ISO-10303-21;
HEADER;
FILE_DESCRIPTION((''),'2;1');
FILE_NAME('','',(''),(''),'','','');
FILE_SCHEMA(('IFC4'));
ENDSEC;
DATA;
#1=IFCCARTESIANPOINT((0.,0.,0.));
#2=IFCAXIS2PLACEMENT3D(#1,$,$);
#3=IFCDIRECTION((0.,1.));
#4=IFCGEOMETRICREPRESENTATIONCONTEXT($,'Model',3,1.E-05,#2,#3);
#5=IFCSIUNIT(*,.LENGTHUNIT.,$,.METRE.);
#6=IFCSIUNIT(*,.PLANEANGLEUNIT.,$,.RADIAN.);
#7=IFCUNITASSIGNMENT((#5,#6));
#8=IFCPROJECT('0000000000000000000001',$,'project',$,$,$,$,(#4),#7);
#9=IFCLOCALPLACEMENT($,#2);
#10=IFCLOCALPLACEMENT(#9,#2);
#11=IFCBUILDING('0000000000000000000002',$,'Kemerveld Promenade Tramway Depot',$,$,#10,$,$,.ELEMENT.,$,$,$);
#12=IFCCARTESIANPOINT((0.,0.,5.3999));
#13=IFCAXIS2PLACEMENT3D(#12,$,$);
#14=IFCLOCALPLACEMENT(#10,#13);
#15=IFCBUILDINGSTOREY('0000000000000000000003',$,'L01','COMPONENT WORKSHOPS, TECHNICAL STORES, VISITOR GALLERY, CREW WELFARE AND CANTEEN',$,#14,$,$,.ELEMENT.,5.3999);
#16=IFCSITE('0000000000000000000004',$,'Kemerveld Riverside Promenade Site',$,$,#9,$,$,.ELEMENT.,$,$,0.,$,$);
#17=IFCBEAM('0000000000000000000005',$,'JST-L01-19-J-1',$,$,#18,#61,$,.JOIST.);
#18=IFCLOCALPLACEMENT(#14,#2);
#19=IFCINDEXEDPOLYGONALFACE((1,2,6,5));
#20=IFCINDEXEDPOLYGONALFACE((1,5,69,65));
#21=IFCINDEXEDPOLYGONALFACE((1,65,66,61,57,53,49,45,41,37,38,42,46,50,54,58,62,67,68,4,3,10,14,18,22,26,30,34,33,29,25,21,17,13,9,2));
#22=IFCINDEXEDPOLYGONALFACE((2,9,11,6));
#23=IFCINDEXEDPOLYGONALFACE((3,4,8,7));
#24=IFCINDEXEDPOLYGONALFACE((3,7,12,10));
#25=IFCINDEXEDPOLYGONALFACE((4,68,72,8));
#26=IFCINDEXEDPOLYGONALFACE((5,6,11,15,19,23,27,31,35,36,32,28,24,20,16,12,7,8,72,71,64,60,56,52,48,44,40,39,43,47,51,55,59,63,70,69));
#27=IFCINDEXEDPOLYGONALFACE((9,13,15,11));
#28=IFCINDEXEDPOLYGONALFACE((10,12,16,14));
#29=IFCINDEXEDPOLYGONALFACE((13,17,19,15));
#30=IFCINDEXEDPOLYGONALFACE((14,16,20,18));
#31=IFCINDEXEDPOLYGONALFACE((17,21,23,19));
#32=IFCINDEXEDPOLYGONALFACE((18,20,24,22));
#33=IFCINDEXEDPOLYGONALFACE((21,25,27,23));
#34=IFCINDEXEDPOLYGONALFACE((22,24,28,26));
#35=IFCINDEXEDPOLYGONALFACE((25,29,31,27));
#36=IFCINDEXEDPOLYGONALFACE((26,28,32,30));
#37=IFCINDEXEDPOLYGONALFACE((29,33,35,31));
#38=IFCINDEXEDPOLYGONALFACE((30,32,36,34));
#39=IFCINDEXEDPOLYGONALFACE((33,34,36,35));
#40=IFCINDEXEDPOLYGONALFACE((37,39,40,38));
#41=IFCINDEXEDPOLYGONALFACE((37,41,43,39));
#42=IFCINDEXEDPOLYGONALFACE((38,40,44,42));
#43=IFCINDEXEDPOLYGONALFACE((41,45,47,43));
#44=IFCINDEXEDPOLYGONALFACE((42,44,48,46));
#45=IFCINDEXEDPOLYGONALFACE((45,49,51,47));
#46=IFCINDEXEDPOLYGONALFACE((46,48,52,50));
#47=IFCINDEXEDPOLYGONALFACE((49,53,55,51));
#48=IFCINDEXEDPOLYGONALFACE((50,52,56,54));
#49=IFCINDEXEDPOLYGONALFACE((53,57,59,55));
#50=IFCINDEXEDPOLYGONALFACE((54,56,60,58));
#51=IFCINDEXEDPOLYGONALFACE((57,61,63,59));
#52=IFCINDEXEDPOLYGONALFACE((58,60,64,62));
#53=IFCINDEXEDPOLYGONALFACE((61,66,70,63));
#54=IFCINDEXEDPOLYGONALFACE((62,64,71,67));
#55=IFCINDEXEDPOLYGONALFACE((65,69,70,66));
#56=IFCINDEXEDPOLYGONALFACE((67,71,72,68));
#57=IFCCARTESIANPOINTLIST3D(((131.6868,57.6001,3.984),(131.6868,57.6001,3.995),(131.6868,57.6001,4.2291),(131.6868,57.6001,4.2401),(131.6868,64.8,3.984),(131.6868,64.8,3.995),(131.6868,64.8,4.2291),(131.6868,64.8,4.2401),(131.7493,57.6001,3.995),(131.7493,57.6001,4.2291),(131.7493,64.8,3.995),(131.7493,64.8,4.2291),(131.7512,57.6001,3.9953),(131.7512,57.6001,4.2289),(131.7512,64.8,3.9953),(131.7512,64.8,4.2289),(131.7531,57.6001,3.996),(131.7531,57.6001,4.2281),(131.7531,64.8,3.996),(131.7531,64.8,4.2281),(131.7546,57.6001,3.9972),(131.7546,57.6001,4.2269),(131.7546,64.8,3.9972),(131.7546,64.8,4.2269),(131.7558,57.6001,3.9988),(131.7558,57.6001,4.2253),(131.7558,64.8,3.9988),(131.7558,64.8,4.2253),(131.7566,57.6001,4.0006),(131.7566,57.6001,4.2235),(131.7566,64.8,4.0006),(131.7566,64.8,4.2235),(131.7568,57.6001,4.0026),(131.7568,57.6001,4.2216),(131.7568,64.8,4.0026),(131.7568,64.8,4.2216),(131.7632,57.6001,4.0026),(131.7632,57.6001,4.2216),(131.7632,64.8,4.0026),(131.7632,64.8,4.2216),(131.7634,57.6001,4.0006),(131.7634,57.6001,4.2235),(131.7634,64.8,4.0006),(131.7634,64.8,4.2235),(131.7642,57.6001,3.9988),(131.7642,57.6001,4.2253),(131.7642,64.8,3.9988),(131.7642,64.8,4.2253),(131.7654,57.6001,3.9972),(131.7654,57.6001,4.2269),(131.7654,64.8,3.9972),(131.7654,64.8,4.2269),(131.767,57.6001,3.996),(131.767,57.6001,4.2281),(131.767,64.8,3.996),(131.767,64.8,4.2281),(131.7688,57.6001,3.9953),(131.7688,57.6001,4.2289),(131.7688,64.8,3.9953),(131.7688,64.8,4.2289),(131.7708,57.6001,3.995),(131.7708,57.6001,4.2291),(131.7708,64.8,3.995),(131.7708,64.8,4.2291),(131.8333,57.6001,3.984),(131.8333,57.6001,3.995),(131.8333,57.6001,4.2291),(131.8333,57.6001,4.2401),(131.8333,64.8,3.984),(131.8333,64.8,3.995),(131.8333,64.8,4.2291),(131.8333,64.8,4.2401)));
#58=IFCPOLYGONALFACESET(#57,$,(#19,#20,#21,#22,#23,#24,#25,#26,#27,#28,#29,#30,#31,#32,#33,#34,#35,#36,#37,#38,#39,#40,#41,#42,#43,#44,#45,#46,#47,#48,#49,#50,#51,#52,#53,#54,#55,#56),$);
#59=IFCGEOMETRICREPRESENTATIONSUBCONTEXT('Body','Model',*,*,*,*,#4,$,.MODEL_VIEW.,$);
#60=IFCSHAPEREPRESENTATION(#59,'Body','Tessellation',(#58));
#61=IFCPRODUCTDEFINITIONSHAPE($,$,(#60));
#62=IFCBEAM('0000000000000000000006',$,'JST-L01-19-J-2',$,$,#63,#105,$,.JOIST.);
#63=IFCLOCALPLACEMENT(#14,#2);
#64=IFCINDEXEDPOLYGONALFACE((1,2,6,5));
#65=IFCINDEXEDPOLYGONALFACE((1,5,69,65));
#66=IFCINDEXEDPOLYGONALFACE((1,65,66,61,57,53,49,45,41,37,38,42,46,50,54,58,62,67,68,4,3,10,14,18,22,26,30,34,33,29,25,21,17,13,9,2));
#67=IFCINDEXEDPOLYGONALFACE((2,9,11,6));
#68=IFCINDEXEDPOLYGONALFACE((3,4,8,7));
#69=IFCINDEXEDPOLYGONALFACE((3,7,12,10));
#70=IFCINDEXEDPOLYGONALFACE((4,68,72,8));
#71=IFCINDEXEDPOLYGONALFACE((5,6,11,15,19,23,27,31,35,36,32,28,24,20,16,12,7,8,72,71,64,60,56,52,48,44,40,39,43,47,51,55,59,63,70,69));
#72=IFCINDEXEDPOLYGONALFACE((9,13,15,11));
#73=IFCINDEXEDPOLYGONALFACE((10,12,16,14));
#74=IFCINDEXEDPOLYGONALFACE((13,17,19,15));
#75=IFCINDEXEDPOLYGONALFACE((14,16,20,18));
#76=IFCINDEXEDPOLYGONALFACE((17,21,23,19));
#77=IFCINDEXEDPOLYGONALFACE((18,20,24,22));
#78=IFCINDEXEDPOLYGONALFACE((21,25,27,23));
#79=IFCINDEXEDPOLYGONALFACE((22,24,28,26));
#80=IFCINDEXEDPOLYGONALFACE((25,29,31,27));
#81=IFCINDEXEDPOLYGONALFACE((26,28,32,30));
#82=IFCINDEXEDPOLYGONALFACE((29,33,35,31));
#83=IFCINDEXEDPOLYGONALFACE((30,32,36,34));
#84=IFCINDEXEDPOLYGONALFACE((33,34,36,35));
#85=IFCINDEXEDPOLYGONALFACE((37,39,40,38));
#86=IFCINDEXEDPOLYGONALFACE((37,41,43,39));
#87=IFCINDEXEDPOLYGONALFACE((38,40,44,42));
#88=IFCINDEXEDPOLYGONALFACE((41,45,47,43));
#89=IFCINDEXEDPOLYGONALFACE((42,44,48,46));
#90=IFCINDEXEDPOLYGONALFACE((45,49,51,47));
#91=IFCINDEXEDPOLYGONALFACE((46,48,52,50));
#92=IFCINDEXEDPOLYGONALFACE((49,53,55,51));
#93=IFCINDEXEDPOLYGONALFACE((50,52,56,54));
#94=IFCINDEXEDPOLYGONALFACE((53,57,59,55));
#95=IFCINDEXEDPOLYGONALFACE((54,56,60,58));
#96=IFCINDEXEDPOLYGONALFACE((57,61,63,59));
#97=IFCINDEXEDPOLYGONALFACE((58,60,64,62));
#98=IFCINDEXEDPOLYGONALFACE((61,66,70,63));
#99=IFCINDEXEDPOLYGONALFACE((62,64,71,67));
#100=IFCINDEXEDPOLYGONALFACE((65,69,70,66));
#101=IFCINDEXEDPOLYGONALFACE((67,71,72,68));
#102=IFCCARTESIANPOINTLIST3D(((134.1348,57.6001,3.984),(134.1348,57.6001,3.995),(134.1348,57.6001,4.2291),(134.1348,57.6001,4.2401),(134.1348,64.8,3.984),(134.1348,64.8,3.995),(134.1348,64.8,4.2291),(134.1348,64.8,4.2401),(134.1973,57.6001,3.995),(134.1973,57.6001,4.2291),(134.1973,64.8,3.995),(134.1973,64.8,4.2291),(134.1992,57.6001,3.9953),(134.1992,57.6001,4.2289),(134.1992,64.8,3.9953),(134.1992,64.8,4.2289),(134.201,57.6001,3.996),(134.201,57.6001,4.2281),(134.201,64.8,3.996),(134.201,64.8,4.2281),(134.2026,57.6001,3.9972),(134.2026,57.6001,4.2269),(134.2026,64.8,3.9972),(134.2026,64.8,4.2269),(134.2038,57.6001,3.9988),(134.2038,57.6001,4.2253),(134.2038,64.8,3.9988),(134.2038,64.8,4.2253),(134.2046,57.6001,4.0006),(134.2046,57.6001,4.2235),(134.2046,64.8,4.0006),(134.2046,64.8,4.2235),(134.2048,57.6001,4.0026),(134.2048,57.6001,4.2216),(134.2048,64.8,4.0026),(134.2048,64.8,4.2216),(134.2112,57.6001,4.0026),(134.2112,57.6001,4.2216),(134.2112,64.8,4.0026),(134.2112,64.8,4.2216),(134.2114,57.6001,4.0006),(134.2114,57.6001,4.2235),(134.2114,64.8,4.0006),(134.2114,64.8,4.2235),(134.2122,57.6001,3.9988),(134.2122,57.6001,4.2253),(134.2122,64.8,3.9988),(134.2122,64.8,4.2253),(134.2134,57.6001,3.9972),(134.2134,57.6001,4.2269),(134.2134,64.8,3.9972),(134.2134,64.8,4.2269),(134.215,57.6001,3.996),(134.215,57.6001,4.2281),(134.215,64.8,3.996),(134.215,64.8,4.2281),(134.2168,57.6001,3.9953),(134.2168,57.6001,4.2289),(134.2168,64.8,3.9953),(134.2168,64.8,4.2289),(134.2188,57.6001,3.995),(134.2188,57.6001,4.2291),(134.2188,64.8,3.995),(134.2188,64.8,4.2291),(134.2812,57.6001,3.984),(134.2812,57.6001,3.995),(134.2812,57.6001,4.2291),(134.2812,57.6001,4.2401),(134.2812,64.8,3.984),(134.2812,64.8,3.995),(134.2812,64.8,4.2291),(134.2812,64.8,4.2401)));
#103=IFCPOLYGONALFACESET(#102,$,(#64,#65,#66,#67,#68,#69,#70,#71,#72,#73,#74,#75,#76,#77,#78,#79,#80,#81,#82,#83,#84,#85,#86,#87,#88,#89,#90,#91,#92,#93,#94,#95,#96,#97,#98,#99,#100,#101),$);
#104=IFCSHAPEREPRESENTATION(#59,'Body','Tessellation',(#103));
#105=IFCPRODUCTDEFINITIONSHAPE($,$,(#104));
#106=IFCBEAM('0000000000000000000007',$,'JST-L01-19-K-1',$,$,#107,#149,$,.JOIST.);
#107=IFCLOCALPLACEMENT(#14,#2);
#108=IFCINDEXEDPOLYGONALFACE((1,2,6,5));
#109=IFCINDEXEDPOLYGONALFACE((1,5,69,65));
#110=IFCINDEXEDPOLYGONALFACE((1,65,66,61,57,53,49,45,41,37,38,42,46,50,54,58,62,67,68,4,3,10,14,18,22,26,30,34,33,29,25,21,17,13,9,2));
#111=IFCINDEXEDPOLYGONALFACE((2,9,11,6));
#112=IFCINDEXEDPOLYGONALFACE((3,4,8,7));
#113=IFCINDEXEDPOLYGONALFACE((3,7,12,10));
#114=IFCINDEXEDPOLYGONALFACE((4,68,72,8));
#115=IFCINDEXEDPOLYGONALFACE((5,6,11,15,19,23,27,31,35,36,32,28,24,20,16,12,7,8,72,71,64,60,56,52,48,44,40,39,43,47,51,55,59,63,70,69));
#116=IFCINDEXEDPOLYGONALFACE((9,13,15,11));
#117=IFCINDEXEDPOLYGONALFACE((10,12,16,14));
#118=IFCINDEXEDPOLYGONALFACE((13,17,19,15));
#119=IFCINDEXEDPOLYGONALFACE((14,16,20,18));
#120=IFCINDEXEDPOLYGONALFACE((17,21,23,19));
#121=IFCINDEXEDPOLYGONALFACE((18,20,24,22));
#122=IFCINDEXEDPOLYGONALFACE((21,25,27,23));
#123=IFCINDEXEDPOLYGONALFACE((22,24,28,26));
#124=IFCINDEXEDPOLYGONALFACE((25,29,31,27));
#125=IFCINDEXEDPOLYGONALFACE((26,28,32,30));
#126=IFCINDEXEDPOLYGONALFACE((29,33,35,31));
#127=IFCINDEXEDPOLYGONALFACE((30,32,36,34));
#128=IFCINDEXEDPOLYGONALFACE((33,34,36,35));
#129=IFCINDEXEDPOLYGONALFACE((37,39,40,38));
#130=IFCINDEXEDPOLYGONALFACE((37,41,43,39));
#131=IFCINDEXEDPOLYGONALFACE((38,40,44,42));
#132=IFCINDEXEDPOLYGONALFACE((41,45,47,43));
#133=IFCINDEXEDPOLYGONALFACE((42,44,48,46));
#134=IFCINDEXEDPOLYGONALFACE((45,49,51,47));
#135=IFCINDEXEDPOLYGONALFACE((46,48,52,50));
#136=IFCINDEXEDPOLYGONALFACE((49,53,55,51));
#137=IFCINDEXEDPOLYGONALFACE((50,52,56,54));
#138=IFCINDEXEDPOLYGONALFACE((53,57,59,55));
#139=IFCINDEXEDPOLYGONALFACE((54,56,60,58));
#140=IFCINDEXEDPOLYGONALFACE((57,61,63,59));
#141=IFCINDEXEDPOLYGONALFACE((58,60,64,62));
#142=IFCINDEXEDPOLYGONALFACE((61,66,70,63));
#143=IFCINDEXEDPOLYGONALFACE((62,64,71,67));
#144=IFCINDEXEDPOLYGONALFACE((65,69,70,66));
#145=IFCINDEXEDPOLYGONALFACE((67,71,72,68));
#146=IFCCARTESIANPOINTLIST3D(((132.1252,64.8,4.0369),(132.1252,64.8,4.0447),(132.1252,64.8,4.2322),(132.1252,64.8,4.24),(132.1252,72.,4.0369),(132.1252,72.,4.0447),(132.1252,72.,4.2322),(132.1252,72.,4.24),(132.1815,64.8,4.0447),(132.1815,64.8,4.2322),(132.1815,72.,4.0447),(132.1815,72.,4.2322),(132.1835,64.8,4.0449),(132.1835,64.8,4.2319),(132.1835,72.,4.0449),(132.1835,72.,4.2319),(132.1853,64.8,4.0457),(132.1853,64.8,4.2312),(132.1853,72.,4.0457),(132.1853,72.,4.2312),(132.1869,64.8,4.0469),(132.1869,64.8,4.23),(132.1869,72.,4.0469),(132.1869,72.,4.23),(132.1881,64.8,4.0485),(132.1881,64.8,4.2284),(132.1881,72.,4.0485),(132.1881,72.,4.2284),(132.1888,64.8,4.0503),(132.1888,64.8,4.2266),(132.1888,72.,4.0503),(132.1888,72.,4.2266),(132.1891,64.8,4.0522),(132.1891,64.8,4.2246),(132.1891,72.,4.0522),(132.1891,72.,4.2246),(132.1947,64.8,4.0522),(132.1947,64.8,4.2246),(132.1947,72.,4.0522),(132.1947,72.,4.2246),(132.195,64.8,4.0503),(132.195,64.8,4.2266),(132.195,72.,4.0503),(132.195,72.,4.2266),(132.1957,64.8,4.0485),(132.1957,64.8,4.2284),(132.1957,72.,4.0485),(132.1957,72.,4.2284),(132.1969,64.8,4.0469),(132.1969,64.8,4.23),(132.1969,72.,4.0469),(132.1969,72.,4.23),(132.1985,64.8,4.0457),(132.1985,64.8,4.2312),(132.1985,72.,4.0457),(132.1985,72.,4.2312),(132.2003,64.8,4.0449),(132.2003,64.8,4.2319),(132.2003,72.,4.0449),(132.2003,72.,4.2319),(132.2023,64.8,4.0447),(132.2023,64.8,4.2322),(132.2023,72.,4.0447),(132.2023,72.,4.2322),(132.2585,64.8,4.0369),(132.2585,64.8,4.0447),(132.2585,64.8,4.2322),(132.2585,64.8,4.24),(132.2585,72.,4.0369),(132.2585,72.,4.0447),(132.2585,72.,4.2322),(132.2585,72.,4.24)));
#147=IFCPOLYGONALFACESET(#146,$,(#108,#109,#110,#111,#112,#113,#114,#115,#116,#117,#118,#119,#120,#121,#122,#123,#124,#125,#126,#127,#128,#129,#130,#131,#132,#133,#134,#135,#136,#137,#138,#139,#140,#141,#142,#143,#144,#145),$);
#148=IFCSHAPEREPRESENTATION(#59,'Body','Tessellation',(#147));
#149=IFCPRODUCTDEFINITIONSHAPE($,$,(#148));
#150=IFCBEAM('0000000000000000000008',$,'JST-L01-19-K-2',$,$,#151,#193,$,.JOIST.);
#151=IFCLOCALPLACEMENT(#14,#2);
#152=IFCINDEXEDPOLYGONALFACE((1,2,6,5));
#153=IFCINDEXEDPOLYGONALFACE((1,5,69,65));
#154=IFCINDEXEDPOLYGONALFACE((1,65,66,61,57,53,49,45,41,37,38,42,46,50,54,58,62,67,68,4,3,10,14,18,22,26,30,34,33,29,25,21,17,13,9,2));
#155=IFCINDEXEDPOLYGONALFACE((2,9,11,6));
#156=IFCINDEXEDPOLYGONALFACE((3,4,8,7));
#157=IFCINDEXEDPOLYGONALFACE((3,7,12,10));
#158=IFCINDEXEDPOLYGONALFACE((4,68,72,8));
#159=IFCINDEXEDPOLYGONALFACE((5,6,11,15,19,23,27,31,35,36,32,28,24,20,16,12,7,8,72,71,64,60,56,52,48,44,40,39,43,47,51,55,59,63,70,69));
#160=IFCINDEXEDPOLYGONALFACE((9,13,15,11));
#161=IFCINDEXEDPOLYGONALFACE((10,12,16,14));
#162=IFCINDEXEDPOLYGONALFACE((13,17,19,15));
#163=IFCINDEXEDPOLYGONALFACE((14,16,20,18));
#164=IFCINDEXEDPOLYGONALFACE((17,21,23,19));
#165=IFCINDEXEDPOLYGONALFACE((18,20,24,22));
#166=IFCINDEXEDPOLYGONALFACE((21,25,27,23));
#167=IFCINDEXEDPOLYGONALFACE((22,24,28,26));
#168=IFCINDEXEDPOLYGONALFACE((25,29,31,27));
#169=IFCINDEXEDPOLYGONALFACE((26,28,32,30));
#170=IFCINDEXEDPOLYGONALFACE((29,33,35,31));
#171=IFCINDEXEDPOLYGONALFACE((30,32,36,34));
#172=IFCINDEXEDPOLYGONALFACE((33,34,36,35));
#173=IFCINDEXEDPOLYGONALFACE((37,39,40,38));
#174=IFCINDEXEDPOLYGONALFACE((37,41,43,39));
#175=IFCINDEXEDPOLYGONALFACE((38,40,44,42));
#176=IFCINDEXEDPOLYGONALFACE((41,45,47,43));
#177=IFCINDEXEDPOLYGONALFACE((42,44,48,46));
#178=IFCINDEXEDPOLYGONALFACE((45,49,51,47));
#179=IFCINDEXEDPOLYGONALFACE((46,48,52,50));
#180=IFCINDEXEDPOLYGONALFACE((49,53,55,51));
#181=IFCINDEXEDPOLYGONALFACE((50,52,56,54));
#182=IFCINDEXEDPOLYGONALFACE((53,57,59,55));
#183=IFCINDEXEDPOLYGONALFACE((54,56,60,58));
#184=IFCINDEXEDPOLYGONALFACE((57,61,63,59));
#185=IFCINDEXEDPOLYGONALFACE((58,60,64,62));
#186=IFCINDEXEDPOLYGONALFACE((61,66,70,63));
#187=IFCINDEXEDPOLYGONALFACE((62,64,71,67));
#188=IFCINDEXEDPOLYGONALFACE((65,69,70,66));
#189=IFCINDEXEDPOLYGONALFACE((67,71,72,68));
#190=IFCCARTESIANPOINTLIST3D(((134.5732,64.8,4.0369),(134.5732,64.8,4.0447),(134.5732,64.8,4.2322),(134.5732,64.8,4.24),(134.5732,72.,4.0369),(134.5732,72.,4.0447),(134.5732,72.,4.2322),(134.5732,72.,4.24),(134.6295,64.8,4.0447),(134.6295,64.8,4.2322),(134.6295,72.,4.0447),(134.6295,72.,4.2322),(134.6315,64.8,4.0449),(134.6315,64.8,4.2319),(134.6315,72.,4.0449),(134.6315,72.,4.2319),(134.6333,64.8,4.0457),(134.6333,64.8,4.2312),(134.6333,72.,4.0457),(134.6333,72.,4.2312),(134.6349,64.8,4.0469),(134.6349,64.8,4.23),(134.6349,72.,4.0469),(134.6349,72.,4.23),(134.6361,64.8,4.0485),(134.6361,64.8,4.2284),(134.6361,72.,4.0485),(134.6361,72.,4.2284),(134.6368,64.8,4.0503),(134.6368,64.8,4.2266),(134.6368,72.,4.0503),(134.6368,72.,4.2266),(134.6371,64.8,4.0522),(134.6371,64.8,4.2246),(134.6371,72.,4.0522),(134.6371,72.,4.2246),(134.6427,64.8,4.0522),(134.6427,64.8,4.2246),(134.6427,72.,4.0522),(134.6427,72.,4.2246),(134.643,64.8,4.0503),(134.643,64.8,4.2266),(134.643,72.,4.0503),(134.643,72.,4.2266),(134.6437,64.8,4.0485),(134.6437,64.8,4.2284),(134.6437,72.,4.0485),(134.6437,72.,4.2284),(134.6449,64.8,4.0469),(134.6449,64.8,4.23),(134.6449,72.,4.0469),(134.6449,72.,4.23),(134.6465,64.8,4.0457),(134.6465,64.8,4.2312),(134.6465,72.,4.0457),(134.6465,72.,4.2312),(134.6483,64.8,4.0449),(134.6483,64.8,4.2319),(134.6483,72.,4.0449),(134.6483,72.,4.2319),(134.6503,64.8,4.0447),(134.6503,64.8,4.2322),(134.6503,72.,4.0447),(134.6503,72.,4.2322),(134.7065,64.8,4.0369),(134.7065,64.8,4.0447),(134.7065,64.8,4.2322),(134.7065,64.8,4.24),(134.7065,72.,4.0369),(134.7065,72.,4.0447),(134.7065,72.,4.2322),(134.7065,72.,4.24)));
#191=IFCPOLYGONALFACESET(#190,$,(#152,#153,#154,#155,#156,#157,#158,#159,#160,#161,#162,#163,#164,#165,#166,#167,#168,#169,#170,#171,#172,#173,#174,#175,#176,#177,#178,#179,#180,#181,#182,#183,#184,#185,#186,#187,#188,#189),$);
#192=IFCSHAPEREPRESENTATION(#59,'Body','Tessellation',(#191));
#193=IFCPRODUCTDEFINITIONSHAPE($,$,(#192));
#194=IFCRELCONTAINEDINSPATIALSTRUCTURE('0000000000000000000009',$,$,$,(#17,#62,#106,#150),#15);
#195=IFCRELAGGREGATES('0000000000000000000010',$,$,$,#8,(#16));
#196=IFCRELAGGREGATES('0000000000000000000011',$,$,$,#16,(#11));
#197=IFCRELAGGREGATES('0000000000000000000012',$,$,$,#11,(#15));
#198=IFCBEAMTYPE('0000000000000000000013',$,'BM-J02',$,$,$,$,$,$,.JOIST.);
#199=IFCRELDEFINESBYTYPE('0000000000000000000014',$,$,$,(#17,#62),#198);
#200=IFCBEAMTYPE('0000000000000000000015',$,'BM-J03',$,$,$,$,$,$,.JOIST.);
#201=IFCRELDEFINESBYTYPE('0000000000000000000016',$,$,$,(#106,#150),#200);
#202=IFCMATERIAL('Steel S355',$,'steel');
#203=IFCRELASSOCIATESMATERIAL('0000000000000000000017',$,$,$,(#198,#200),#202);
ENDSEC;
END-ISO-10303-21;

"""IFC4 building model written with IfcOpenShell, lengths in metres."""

from ifc_helpers import new_model, si_unit, direction, frame, origin, origin_2d, place, context, subcontext, project, spatial, i_section, extrude, material, material_profile, profile_set, type_object, element, save


model = new_model("IFC4")

# Units and contexts
model_context = context("Model", 3, precision=1e-05, world=origin(), true_north=direction((0.0, 1.0)))
body_context = subcontext(model_context, "Body", "Model", "MODEL_VIEW")
ifc_project = project(units=[si_unit("LENGTHUNIT", "METRE"), si_unit("PLANEANGLEUNIT", "RADIAN")], contexts=[model_context])

# Site, building, storey
site_placement = place(None, origin())
site = spatial("IfcSite", under=ifc_project, at=site_placement, Name="Kemerveld Riverside Promenade Site", CompositionType="ELEMENT", RefElevation=0.0)
building_placement = place(site_placement, origin())
building = spatial("IfcBuilding", under=site, at=building_placement, Name="Kemerveld Promenade Tramway Depot", CompositionType="ELEMENT")
storey_placement = place(building_placement, frame((0.0, 0.0, 5.3999)))
storey = spatial("IfcBuildingStorey", under=building, at=storey_placement, Name="L01", Description="COMPONENT WORKSHOPS, TECHNICAL STORES, VISITOR GALLERY, CREW WELFARE AND CANTEEN", CompositionType="ELEMENT", Elevation=5.3999)

# Beams
ifc_material_1 = material(Name="Steel S355", Category="steel")
ifc_material_profile_1 = material_profile(ifc_material_1, i_section(OverallWidth=0.1465, OverallDepth=0.2561, WebThickness=0.0063, FlangeThickness=0.011, FilletRadius=0.0076, at=origin_2d()), Name="254x146x37 UB")
ifc_profile_set_1 = profile_set([ifc_material_profile_1], Name="Steel S355")
beam_type_1 = type_object("IfcBeamType", Name="BM-J02", PredefinedType="JOIST", material=ifc_profile_set_1)
for number, where, z_axis, x_axis, name in (
    (1, (131.76, 57.6001, 4.1121), (0.0, 1.0, 0.0), (-1.0, 0.0, 0.0), "JST-L01-19-J-1"),
    (2, (134.208, 57.6001, 4.1121), (0.0, 1.0, 0.0), (-1.0, 0.0, 0.0), "JST-L01-19-J-2"),
):
    element("IfcBeam", number, at=place(storey_placement, frame(where, z_axis=z_axis, x_axis=x_axis)), inside=storey, type_object=beam_type_1, Name=name, PredefinedType="JOIST", context=body_context, shape_type="SweptSolid", body=[
        extrude(i_section(OverallWidth=0.1465, OverallDepth=0.2561, WebThickness=0.0063, FlangeThickness=0.011, FilletRadius=0.0076, at=origin_2d()), origin(), (0.0, 0.0, 1.0), 7.2),
    ])
ifc_material_profile_2 = material_profile(ifc_material_1, i_section(OverallWidth=0.1333, OverallDepth=0.2031, WebThickness=0.0056, FlangeThickness=0.0078, FilletRadius=0.0076, at=origin_2d()), Name="203x133x25 UB")
ifc_profile_set_2 = profile_set([ifc_material_profile_2], Name="Steel S355")
beam_type_2 = type_object("IfcBeamType", Name="BM-J03", PredefinedType="JOIST", material=ifc_profile_set_2)
for number, where, z_axis, x_axis, name in (
    (3, (132.1919, 64.8, 4.1384), (0.0, 1.0, 0.0), (-1.0, 0.0, 0.0), "JST-L01-19-K-1"),
    (4, (134.6399, 64.8, 4.1384), (0.0, 1.0, 0.0), (-1.0, 0.0, 0.0), "JST-L01-19-K-2"),
):
    element("IfcBeam", number, at=place(storey_placement, frame(where, z_axis=z_axis, x_axis=x_axis)), inside=storey, type_object=beam_type_2, Name=name, PredefinedType="JOIST", context=body_context, shape_type="SweptSolid", body=[
        extrude(i_section(OverallWidth=0.1333, OverallDepth=0.2031, WebThickness=0.0056, FlangeThickness=0.0078, FilletRadius=0.0076, at=origin_2d()), origin(), (0.0, 0.0, 1.0), 7.2),
    ])

save(model, "model.ifc")
